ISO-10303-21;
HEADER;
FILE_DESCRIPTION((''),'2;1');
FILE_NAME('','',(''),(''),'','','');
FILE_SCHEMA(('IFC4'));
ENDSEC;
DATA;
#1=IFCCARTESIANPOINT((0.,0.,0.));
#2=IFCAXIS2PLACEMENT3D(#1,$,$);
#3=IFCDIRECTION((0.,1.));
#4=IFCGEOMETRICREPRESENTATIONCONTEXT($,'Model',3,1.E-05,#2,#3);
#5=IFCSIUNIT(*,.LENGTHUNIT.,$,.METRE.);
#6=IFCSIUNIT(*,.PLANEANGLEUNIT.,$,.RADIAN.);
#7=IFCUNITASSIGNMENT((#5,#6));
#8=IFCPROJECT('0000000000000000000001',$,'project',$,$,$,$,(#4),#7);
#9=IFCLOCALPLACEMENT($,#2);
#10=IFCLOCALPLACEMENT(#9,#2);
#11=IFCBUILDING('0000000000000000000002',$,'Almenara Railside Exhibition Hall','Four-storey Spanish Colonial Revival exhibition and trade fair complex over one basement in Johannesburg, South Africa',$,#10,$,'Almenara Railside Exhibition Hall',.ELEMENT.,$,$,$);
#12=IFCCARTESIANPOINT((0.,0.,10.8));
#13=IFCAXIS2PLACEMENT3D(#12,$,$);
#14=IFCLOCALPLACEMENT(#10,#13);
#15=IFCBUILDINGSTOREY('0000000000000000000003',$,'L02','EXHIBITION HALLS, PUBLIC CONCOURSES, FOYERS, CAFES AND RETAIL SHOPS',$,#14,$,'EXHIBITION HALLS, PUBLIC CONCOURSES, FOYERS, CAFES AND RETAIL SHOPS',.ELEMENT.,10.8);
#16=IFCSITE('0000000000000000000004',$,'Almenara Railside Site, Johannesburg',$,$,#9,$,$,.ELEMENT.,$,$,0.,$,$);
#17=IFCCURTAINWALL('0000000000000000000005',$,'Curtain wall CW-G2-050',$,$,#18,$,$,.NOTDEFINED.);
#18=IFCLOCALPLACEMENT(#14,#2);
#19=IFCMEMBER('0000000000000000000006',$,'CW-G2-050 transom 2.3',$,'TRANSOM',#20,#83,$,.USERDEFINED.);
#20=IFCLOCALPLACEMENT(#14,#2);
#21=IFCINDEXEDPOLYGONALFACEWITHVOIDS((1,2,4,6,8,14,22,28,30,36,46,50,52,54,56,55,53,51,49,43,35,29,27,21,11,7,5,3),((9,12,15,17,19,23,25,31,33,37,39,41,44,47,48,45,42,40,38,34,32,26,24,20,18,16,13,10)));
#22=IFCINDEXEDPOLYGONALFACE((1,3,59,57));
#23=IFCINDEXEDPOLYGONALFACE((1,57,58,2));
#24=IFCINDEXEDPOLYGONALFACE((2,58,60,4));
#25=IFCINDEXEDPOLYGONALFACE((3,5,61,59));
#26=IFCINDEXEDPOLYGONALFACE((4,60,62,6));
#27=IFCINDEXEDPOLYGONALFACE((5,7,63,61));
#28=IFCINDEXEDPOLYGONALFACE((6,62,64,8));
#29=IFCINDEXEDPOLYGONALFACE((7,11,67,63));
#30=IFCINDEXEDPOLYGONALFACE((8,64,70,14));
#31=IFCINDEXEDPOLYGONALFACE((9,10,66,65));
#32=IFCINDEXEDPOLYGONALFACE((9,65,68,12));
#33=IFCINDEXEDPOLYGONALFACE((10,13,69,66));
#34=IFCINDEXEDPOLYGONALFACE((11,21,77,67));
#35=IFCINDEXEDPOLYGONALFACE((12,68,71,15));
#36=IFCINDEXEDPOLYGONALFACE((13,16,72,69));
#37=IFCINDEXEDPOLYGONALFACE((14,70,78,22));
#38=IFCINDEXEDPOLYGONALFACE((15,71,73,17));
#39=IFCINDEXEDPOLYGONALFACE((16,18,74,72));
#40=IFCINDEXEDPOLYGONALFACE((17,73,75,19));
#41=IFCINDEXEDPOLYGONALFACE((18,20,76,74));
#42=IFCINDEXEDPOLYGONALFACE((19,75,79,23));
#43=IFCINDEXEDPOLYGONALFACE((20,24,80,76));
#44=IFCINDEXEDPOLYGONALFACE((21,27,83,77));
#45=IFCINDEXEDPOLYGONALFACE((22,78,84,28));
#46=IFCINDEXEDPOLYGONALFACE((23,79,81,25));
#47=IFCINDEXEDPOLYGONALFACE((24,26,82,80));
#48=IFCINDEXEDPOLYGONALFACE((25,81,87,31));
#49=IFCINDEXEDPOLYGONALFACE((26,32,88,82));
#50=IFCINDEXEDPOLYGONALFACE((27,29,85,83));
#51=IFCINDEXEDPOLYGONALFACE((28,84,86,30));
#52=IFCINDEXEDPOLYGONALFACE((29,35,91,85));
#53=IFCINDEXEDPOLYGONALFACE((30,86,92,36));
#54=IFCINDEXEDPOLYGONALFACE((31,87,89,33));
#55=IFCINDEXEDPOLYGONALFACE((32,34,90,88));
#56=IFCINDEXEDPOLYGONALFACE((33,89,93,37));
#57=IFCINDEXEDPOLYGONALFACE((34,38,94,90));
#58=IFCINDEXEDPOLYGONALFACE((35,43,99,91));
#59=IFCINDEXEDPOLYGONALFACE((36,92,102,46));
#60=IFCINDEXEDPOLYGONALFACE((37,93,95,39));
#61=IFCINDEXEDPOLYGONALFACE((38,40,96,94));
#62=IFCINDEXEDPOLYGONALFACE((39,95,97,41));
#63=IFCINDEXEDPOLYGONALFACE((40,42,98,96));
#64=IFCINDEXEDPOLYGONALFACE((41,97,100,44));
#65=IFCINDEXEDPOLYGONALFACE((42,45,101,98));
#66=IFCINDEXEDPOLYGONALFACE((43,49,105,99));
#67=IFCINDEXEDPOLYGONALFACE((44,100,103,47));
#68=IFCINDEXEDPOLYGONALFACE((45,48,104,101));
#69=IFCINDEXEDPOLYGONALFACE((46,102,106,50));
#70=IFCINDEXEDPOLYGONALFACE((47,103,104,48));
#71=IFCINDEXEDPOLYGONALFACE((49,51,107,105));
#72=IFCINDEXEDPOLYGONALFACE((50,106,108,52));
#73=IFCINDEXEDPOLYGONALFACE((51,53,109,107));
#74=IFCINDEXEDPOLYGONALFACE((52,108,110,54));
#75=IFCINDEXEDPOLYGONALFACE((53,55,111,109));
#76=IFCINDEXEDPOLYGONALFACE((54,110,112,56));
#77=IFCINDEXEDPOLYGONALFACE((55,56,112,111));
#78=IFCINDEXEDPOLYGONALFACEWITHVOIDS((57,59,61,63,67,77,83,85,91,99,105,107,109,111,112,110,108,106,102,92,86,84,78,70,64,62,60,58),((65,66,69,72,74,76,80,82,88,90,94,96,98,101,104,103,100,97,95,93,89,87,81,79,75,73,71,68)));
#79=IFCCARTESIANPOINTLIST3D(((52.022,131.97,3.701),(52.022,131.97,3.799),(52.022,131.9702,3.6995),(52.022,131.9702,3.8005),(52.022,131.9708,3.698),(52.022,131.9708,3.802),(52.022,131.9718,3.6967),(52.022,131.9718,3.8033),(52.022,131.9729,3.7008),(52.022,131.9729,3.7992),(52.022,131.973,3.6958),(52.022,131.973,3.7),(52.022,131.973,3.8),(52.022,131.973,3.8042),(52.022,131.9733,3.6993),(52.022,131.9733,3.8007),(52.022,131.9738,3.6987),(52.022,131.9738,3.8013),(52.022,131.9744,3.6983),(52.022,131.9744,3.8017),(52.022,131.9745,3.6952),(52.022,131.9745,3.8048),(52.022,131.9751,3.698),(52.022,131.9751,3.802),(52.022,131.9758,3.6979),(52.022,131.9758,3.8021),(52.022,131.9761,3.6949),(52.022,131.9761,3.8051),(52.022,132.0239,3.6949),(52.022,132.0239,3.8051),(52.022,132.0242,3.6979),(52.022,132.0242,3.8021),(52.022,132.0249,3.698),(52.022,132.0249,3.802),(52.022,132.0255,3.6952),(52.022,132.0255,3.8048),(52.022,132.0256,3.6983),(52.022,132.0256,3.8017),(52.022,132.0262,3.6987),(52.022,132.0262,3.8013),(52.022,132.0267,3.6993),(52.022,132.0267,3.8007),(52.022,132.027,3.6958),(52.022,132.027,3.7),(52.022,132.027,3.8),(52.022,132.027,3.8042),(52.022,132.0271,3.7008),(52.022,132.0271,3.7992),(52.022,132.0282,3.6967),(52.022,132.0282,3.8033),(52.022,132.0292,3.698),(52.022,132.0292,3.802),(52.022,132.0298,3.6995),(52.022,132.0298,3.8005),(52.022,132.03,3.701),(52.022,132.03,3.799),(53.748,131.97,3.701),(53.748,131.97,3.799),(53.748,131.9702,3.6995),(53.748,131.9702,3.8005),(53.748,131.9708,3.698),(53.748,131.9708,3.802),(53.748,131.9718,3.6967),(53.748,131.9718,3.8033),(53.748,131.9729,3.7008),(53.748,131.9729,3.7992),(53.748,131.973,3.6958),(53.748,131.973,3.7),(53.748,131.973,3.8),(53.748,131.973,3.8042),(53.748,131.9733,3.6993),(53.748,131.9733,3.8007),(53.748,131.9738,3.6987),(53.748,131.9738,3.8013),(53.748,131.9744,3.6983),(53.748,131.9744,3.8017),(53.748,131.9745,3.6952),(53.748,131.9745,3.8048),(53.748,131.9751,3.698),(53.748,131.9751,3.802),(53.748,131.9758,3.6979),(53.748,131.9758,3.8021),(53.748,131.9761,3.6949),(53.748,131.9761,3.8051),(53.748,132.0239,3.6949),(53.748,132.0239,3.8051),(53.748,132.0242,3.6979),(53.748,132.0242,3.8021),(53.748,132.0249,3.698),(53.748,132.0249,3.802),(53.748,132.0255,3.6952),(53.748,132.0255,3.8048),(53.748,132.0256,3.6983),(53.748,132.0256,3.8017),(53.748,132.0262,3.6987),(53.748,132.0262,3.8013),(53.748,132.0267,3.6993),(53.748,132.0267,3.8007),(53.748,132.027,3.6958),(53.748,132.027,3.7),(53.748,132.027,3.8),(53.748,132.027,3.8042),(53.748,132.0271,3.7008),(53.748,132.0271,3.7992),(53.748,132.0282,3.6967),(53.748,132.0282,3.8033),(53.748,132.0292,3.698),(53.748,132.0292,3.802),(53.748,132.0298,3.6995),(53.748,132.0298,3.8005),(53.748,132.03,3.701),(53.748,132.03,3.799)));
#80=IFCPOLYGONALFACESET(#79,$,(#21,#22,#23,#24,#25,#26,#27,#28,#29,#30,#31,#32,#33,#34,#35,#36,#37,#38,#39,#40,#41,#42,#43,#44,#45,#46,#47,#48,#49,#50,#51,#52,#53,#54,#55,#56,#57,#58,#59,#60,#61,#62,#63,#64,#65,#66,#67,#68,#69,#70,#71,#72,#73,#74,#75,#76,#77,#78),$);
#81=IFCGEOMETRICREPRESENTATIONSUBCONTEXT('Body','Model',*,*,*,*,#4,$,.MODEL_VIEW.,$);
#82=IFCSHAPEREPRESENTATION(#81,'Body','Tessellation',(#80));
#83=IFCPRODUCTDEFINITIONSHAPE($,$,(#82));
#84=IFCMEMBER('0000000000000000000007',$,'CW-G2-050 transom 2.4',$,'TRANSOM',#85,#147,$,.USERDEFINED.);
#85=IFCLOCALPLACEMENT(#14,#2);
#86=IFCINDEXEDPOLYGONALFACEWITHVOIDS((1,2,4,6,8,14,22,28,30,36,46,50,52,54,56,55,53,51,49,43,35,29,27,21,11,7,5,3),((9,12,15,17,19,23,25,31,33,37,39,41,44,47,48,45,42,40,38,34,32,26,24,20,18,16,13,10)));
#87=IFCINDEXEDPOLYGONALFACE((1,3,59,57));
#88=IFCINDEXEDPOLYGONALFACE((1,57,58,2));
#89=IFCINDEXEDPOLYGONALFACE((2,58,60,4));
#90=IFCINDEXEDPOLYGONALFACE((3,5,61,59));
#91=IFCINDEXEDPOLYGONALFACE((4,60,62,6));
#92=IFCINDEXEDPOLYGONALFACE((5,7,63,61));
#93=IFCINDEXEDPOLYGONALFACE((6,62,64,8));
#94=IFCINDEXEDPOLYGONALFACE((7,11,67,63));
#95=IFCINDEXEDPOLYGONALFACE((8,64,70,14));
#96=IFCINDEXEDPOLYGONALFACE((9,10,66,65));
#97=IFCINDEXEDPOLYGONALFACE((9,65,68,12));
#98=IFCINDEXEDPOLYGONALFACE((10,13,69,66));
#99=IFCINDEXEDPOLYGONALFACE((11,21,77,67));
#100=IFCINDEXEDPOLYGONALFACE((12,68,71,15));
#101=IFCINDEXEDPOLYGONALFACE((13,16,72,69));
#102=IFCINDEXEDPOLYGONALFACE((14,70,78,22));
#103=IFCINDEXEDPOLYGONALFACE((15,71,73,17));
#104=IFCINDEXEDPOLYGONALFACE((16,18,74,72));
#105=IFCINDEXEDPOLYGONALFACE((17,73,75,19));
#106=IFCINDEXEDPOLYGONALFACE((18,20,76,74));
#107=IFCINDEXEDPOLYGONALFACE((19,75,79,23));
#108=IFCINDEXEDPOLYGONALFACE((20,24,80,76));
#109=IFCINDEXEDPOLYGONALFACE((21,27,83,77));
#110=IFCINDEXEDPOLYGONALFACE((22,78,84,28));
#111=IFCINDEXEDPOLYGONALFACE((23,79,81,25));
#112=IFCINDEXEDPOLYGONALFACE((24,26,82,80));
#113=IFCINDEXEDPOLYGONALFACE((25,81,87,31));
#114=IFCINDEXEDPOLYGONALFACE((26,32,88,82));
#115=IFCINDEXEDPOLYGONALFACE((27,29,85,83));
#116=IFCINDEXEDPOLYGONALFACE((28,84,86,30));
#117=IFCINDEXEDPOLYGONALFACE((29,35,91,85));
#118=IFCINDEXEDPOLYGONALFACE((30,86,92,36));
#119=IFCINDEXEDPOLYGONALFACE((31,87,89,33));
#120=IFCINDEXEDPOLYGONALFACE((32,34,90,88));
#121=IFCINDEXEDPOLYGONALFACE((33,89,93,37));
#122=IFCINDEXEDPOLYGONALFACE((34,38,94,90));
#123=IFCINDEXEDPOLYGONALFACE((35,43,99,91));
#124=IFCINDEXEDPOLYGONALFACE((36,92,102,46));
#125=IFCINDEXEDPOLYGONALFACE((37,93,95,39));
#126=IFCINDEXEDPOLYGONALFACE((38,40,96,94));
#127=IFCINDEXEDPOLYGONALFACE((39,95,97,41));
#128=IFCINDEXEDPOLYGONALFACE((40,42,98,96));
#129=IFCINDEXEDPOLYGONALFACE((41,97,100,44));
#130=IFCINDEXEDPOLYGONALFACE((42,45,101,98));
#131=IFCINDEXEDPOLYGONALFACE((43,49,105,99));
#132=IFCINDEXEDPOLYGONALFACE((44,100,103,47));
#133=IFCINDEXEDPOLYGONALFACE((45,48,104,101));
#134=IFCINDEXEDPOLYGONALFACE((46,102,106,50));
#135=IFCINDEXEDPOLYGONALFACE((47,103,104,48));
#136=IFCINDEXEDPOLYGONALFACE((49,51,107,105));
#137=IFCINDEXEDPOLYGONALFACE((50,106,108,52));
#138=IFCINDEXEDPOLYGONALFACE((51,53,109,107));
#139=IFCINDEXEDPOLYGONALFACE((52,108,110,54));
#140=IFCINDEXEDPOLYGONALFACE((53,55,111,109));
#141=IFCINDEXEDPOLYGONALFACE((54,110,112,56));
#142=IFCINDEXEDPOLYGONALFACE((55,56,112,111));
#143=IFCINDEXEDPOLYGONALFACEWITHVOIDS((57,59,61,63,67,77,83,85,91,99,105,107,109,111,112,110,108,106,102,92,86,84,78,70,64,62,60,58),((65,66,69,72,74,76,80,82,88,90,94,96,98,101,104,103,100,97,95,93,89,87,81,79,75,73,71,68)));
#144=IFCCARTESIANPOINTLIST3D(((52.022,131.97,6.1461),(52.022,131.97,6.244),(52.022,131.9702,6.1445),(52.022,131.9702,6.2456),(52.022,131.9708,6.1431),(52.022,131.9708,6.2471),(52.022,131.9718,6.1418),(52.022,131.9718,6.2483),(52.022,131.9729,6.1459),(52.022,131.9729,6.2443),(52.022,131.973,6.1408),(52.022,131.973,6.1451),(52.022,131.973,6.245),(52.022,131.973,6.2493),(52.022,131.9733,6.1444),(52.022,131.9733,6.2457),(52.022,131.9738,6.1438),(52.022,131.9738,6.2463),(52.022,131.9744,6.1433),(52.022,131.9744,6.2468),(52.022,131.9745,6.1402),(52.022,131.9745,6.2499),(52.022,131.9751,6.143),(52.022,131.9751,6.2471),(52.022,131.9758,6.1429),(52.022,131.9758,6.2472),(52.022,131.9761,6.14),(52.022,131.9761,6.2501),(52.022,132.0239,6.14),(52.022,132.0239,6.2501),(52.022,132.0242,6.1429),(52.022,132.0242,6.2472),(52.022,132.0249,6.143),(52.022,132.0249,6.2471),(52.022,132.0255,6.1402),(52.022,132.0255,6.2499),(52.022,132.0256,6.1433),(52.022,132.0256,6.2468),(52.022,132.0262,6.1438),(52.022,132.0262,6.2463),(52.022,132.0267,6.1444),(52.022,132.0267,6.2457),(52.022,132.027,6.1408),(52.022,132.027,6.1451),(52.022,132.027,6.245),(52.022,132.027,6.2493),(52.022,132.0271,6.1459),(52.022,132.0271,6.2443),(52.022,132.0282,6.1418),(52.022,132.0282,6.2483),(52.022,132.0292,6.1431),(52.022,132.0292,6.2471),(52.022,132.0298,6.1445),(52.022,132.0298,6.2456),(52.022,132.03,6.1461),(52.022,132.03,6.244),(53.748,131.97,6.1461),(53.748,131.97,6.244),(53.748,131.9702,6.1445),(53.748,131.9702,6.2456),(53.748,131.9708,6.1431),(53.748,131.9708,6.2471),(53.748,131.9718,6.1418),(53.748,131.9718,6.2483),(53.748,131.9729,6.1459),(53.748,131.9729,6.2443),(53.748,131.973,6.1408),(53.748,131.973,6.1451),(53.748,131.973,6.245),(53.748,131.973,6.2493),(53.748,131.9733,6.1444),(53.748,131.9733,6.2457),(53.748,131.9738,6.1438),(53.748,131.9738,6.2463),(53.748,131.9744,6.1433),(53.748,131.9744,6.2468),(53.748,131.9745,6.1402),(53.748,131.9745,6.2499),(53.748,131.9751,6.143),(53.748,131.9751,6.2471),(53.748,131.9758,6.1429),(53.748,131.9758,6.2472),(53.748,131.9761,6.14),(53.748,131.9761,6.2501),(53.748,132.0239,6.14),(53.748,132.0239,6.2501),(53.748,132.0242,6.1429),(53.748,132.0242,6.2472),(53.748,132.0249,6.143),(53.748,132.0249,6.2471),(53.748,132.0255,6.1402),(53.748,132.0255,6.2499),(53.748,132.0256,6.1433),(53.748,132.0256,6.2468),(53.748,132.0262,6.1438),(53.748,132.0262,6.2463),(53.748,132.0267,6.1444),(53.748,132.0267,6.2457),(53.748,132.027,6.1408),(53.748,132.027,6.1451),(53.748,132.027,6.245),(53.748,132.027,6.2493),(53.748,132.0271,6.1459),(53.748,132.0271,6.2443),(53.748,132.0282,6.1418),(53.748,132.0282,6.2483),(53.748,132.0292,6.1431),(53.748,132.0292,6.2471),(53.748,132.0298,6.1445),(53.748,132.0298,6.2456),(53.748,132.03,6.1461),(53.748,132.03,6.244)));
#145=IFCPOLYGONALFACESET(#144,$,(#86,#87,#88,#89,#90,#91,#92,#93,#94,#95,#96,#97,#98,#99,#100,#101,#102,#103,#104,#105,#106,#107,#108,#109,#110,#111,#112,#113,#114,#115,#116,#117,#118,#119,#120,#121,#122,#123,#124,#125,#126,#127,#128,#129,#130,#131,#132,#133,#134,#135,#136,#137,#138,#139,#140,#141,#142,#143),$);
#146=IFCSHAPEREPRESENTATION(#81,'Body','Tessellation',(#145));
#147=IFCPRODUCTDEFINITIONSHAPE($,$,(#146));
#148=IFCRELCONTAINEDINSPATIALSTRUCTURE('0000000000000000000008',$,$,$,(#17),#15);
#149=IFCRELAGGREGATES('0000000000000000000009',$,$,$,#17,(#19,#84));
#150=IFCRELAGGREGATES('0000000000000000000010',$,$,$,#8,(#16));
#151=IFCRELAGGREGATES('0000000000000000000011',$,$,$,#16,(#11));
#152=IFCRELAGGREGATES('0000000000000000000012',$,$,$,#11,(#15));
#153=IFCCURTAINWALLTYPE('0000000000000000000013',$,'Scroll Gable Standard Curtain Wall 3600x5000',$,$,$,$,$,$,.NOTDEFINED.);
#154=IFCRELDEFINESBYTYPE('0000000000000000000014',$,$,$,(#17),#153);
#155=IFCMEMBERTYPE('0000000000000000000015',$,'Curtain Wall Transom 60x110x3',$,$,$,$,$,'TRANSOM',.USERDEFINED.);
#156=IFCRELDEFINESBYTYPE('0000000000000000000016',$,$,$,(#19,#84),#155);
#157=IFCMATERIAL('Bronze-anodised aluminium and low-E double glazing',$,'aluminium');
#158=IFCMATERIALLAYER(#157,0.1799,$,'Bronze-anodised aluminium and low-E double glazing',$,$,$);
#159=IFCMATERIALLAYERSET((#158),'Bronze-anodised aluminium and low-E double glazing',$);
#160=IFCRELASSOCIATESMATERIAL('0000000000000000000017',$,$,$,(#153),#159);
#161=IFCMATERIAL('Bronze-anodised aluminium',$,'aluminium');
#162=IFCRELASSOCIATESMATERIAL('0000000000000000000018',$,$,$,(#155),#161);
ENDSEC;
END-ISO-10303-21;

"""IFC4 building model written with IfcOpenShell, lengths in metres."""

from ifc_helpers import new_model, si_unit, direction, frame, origin, origin_2d, place, context, subcontext, project, spatial, hollow_rectangle, extrude, material, layer, layer_set, material_profile, profile_set, type_object, element, aggregate, save


model = new_model("IFC4")

# Units and contexts
model_context = context("Model", 3, precision=1e-05, world=origin(), true_north=direction((0.0, 1.0)))
body_context = subcontext(model_context, "Body", "Model", "MODEL_VIEW")
ifc_project = project(units=[si_unit("LENGTHUNIT", "METRE"), si_unit("PLANEANGLEUNIT", "RADIAN")], contexts=[model_context])

# Site, building, storey
site_placement = place(None, origin())
site = spatial("IfcSite", under=ifc_project, at=site_placement, Name="Almenara Railside Site, Johannesburg", CompositionType="ELEMENT", RefElevation=0.0)
building_placement = place(site_placement, origin())
building = spatial("IfcBuilding", under=site, at=building_placement, Name="Almenara Railside Exhibition Hall", Description="Four-storey Spanish Colonial Revival exhibition and trade fair complex over one basement in Johannesburg, South Africa", LongName="Almenara Railside Exhibition Hall", CompositionType="ELEMENT")
storey_placement = place(building_placement, frame((0.0, 0.0, 10.8)))
storey = spatial("IfcBuildingStorey", under=building, at=storey_placement, Name="L02", Description="EXHIBITION HALLS, PUBLIC CONCOURSES, FOYERS, CAFES AND RETAIL SHOPS", LongName="EXHIBITION HALLS, PUBLIC CONCOURSES, FOYERS, CAFES AND RETAIL SHOPS", CompositionType="ELEMENT", Elevation=10.8)

# Curtain wall
ifc_material_1 = material(Name="Bronze-anodised aluminium and low-E double glazing", Category="aluminium")
ifc_layer_1 = layer(ifc_material_1, 0.1799, Name="Bronze-anodised aluminium and low-E double glazing")
ifc_layer_set_1 = layer_set([ifc_layer_1], Name="Bronze-anodised aluminium and low-E double glazing")
curtain_wall_type_1 = type_object("IfcCurtainWallType", Name="Scroll Gable Standard Curtain Wall 3600x5000", PredefinedType="NOTDEFINED", material=ifc_layer_set_1)
curtain_wall_1_placement = place(storey_placement, origin())
curtain_wall_1 = element("IfcCurtainWall", 1, at=curtain_wall_1_placement, inside=storey, type_object=curtain_wall_type_1, Name="Curtain wall CW-G2-050", PredefinedType="NOTDEFINED")
ifc_material_2 = material(Name="Bronze-anodised aluminium", Category="aluminium")

# Members
ifc_material_profile_1 = material_profile(ifc_material_2, hollow_rectangle(XDim=0.0601, YDim=0.1101, WallThickness=0.0029, InnerFilletRadius=0.0029, OuterFilletRadius=0.0061, at=origin_2d()), Name="ALU-TRN 60x110x3")
ifc_profile_set_1 = profile_set([ifc_material_profile_1], Name="Bronze-anodised aluminium")
member_type_1 = type_object("IfcMemberType", Name="Curtain Wall Transom 60x110x3", ElementType="TRANSOM", PredefinedType="USERDEFINED", material=ifc_profile_set_1)
member_1_placement = place(storey_placement, frame((52.022, 132.0, 3.75), z_axis=(1.0, 0.0, 0.0), x_axis=(0.0, 1.0, 0.0)))
member_1 = element("IfcMember", 2, at=member_1_placement, type_object=member_type_1, Name="CW-G2-050 transom 2.3", ObjectType="TRANSOM", PredefinedType="USERDEFINED", context=body_context, shape_type="SweptSolid", body=[
    extrude(hollow_rectangle(XDim=0.0601, YDim=0.1101, WallThickness=0.0029, InnerFilletRadius=0.0029, OuterFilletRadius=0.0061, at=origin_2d()), origin(), (0.0, 0.0, 1.0), 1.7261),
])
member_2_placement = place(storey_placement, frame((52.022, 132.0, 6.1951), z_axis=(1.0, 0.0, 0.0), x_axis=(0.0, 1.0, 0.0)))
member_2 = element("IfcMember", 3, at=member_2_placement, type_object=member_type_1, Name="CW-G2-050 transom 2.4", ObjectType="TRANSOM", PredefinedType="USERDEFINED", context=body_context, shape_type="SweptSolid", body=[
    extrude(hollow_rectangle(XDim=0.0601, YDim=0.1101, WallThickness=0.0029, InnerFilletRadius=0.0029, OuterFilletRadius=0.0061, at=origin_2d()), origin(), (0.0, 0.0, 1.0), 1.7261),
])

aggregate(curtain_wall_1, [member_1, member_2])

save(model, "model.ifc")
